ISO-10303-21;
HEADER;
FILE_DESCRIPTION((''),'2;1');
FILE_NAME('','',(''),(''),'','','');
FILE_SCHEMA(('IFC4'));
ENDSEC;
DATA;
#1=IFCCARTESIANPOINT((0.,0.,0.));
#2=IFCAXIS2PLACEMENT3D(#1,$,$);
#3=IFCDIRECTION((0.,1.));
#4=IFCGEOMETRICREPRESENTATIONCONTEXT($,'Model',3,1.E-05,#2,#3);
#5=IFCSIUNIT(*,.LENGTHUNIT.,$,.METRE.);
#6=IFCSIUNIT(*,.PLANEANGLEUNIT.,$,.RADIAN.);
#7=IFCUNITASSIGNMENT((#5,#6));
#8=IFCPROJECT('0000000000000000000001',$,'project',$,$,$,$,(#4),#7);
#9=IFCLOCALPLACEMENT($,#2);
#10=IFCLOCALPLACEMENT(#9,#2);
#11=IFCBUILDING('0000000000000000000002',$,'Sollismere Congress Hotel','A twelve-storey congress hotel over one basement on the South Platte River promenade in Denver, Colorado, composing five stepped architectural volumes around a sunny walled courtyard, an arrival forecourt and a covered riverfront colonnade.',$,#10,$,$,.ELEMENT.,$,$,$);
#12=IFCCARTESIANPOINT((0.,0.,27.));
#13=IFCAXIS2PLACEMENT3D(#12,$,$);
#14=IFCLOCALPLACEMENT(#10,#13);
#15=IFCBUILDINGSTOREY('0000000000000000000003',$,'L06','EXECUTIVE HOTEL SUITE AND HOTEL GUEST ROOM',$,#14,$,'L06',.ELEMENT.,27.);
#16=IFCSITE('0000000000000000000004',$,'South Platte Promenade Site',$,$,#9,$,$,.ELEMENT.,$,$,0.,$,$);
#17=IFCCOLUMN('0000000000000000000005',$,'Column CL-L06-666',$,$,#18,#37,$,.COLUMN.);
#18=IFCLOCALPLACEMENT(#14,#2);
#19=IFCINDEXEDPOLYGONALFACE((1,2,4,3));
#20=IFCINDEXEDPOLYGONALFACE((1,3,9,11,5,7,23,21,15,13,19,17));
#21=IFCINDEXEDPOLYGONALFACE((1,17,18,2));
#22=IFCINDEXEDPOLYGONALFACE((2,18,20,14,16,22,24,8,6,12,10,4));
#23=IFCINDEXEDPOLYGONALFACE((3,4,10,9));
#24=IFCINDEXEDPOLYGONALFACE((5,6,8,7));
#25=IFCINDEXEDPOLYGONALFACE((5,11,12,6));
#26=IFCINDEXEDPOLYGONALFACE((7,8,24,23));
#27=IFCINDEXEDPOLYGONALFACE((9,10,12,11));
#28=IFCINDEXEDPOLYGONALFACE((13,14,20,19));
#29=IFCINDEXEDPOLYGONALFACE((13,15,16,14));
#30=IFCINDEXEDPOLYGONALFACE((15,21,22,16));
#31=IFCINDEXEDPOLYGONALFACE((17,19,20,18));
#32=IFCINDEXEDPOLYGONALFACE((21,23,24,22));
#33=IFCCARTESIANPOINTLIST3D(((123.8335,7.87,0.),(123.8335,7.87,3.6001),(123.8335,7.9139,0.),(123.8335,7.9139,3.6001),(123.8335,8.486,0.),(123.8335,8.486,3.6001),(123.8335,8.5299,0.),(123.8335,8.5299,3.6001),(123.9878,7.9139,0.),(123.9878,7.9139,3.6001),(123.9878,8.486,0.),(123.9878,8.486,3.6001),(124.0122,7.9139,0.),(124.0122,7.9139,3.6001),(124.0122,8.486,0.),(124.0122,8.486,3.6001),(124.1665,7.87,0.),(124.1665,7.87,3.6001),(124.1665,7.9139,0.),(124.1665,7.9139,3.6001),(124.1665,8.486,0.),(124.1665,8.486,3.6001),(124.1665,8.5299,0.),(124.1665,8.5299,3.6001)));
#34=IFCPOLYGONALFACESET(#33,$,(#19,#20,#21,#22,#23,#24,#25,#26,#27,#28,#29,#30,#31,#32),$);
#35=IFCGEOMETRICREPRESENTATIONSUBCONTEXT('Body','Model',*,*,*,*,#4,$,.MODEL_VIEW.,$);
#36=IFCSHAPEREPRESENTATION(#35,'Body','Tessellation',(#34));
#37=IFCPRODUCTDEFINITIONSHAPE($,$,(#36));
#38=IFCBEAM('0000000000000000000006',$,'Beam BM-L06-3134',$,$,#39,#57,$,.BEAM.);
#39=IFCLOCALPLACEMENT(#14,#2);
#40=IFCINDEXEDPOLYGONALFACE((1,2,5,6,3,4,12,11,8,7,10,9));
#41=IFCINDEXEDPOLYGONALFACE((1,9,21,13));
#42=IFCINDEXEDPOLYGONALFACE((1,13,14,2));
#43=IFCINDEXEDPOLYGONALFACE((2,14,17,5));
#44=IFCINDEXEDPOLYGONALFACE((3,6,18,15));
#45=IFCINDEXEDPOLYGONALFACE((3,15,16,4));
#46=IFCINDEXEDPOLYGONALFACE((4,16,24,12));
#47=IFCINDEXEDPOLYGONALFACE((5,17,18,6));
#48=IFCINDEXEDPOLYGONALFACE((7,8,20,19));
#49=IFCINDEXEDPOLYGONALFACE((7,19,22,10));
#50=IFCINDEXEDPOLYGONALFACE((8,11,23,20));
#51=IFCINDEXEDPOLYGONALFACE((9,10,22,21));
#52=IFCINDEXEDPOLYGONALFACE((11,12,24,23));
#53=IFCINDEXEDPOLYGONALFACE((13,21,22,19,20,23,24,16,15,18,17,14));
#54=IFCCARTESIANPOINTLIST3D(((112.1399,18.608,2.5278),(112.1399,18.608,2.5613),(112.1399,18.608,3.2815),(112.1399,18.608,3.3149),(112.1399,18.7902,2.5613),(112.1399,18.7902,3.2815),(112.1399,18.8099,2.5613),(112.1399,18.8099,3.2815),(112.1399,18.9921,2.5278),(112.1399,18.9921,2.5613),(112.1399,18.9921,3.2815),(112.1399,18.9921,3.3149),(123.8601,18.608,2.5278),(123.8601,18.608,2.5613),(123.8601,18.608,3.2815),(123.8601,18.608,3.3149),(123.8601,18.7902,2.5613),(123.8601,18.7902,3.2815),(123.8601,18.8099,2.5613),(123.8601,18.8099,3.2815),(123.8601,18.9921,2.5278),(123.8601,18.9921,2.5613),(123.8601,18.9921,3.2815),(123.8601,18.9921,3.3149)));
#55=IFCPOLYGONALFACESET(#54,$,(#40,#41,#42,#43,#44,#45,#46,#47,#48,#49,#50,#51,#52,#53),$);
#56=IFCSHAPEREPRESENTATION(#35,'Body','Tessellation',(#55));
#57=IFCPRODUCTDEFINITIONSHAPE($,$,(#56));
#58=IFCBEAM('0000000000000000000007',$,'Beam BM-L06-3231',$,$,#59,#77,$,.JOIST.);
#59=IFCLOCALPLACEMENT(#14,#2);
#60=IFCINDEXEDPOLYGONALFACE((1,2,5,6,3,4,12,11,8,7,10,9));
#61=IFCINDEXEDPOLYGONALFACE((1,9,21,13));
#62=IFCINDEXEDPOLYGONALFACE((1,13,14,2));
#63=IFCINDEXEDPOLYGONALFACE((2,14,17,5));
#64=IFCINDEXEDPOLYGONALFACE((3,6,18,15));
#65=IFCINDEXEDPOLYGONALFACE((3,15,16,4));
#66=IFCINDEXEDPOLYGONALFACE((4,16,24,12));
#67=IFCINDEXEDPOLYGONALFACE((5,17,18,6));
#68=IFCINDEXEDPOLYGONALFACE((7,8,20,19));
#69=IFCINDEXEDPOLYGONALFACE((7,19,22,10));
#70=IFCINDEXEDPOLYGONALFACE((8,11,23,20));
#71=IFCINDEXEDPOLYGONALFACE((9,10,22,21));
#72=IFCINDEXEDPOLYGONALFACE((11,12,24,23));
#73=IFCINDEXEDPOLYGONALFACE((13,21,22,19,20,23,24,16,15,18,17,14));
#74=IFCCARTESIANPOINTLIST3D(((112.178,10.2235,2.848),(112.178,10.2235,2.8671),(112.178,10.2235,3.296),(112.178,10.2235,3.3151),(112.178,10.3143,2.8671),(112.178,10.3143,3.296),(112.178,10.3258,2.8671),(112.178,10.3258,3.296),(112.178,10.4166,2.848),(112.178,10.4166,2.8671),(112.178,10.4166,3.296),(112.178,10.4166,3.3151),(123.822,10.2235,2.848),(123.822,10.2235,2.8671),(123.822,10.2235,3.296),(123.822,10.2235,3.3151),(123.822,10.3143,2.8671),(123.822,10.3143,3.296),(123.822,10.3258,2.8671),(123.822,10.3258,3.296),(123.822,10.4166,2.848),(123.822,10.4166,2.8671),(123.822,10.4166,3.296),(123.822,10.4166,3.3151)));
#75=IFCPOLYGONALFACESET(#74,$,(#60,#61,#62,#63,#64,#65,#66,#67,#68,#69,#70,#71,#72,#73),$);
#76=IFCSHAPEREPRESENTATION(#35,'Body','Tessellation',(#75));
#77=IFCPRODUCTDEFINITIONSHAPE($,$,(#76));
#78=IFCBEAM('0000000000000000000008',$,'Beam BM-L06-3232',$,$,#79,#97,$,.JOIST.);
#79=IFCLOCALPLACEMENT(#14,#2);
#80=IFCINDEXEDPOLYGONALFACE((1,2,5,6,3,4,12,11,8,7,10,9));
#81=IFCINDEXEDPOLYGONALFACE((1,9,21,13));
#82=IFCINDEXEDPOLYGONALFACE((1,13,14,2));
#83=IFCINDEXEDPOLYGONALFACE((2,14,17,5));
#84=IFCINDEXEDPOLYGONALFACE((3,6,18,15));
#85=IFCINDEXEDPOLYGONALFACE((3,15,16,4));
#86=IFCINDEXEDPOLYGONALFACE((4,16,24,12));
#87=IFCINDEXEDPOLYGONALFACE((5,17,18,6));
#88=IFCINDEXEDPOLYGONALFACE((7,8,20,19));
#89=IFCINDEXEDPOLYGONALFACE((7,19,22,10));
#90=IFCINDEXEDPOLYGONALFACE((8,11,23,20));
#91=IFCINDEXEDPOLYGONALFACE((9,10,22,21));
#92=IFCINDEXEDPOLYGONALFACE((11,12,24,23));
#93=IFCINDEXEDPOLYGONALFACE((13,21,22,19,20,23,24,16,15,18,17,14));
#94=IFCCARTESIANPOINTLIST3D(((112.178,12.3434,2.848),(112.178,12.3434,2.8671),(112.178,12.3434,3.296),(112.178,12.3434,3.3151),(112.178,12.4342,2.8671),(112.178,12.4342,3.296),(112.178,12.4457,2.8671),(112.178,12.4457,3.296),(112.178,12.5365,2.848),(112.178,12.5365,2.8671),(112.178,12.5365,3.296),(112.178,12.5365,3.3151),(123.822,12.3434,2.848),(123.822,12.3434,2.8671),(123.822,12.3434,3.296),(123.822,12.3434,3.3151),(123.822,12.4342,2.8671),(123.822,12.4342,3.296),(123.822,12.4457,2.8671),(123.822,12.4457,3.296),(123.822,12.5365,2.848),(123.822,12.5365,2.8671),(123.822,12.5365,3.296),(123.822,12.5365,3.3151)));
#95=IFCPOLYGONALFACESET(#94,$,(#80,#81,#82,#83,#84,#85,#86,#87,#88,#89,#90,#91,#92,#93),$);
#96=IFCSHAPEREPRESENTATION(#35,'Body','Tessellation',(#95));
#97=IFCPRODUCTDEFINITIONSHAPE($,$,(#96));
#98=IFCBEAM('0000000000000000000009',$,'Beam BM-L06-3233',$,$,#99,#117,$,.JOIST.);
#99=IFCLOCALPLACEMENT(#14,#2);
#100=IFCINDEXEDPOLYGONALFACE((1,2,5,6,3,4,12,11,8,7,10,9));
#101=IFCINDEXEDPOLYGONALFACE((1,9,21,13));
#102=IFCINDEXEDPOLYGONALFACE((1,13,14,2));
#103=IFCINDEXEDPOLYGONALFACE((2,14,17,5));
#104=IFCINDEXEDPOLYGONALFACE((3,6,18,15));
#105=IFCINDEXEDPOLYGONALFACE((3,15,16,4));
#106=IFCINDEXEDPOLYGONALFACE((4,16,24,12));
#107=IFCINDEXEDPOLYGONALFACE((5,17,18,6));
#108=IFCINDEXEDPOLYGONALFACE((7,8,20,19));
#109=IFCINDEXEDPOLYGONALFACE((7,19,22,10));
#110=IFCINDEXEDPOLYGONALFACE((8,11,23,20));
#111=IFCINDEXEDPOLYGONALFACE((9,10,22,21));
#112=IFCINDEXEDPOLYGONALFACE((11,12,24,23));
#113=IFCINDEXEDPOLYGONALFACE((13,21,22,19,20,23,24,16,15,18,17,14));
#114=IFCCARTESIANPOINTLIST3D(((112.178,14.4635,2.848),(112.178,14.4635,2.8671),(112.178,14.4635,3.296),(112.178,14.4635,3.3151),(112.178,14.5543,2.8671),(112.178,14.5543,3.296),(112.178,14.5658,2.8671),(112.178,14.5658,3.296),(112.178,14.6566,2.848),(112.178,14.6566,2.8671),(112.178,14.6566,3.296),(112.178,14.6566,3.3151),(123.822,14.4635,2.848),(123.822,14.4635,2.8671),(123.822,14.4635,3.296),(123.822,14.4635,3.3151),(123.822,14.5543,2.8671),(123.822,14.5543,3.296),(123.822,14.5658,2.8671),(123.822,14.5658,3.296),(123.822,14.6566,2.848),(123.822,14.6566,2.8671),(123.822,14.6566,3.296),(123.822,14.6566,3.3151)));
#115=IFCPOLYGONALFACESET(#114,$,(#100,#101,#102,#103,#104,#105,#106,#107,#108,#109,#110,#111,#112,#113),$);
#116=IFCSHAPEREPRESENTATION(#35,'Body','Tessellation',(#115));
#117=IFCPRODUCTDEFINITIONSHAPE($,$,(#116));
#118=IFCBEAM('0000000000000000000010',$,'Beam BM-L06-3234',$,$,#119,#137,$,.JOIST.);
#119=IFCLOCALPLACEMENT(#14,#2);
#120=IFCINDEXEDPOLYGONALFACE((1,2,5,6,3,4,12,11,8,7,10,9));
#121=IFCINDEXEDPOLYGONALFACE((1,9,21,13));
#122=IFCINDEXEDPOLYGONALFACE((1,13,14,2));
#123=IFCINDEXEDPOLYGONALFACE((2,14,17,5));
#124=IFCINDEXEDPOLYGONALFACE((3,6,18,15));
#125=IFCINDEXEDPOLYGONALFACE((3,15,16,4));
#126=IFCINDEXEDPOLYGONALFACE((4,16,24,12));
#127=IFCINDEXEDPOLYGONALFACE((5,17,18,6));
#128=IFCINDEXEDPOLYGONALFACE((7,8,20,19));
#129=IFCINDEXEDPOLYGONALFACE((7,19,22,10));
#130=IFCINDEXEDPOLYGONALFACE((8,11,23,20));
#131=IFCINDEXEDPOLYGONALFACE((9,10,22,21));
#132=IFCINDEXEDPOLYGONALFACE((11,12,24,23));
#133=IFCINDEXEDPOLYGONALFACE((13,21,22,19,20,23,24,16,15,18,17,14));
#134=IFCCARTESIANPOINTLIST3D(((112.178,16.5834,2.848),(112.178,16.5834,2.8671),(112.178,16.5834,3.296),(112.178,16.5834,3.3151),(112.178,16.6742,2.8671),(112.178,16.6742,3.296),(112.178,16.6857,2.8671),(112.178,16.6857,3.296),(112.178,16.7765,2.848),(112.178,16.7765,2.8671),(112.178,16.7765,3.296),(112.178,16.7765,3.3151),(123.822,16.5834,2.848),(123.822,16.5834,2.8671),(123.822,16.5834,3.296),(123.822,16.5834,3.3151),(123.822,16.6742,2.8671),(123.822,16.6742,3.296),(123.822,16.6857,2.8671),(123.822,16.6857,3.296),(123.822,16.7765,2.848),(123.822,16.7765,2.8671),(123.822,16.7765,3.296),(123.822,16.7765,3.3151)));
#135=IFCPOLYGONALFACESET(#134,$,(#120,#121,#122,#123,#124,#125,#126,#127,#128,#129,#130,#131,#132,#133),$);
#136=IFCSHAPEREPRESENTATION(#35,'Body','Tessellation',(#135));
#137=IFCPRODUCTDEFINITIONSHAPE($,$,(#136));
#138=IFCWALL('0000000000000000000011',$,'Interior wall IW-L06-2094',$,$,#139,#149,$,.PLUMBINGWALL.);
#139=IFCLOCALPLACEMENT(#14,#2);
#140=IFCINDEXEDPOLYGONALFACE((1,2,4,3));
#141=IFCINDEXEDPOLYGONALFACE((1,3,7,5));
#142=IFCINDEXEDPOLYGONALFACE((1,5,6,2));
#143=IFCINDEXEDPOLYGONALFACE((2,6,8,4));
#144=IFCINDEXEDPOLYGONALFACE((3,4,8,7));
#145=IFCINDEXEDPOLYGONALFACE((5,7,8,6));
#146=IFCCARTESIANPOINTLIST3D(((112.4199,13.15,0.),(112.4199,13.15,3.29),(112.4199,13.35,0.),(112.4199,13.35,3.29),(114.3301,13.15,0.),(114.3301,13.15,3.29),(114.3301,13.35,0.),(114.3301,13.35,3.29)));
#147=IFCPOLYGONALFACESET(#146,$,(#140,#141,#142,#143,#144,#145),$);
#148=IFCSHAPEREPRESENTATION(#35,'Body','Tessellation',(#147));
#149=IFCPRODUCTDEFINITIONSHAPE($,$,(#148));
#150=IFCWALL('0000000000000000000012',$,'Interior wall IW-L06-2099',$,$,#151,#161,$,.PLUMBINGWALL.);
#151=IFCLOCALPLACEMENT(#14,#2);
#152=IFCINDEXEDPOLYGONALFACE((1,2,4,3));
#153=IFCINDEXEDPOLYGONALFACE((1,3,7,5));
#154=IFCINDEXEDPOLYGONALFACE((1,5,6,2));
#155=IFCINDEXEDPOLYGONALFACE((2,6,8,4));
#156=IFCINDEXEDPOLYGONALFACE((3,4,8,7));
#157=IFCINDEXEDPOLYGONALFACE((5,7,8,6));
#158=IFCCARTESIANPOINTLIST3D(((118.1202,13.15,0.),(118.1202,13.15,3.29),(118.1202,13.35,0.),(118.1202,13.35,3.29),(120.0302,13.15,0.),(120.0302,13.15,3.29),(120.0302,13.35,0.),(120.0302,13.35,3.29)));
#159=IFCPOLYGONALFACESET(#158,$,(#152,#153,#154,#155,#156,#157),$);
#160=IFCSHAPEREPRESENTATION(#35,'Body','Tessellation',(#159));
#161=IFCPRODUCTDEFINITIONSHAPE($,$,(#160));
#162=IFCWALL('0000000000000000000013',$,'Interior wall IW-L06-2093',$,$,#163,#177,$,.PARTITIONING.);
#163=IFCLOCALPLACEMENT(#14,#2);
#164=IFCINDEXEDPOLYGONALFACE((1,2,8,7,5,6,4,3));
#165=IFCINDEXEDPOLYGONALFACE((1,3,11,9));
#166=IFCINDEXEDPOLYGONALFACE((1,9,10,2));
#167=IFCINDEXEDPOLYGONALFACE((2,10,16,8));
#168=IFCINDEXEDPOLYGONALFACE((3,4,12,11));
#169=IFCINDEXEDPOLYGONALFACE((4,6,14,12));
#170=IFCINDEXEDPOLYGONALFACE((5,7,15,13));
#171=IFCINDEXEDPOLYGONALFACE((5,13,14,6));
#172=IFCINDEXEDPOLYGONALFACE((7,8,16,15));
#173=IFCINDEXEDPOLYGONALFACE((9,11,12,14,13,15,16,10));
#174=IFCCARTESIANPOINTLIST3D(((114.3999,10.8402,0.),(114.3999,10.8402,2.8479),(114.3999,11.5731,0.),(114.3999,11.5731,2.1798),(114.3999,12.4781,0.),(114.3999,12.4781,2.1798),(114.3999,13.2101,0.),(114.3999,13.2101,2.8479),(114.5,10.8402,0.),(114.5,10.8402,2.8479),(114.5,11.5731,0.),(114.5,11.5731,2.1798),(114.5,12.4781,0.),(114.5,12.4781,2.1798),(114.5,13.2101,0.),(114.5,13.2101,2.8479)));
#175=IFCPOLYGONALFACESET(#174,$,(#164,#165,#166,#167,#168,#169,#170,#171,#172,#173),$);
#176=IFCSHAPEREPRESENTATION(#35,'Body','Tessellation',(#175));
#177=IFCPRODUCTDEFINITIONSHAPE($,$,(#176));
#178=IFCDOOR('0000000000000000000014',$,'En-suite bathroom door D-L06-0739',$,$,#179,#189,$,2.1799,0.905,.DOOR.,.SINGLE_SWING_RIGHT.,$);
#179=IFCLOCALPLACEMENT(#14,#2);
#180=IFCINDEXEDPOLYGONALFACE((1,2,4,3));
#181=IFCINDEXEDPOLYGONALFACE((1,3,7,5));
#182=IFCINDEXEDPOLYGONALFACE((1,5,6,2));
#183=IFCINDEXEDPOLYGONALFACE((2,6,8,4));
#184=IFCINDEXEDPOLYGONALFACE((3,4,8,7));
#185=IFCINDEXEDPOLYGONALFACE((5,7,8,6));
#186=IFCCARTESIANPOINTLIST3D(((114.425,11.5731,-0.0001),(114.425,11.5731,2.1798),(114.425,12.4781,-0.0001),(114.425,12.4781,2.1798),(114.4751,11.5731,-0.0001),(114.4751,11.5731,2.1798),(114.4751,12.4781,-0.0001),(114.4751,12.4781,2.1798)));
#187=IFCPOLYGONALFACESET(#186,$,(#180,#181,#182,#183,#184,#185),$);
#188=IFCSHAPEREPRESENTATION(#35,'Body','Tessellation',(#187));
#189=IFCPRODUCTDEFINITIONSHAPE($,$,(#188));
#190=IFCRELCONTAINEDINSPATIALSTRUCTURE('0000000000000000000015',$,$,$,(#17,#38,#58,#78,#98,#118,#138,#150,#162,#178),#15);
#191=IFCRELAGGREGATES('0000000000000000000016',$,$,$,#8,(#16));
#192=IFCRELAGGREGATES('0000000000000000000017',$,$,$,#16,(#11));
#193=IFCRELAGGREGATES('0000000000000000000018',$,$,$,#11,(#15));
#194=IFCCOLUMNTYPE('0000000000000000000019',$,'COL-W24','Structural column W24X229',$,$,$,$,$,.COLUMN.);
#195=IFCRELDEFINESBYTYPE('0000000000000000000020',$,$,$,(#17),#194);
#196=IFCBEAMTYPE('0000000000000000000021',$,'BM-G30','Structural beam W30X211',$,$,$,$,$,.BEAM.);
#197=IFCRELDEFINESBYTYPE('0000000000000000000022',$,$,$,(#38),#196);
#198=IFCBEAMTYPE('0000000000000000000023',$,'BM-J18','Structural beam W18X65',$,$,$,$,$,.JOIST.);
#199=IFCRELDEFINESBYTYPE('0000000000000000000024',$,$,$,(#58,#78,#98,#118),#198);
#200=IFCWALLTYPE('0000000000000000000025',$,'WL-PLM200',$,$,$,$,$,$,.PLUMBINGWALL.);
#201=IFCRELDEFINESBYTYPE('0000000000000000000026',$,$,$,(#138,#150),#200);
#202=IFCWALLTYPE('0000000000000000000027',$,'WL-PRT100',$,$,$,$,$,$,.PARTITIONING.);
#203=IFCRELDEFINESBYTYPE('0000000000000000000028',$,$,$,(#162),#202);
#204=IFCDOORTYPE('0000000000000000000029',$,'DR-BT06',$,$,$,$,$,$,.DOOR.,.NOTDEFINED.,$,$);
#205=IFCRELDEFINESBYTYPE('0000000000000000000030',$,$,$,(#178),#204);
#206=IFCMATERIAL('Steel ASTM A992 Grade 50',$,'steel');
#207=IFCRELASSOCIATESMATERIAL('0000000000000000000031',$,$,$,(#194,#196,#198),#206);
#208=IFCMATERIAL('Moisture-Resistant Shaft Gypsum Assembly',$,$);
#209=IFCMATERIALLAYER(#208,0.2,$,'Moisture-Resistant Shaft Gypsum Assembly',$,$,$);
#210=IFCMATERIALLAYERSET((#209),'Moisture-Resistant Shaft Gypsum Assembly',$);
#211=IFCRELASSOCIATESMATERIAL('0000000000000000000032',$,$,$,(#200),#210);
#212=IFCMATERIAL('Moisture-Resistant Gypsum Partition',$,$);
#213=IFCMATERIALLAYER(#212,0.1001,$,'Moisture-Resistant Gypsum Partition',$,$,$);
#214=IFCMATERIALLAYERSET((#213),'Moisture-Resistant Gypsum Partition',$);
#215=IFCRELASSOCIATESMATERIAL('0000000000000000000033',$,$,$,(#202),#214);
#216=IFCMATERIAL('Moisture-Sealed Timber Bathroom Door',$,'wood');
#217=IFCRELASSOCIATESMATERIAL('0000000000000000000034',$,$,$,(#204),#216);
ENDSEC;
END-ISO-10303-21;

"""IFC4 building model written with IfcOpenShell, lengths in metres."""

from ifc_helpers import new_model, si_unit, direction, frame, frame_2d, origin, origin_2d, place, context, subcontext, project, spatial, rectangle, i_section, extrude, material, layer, layer_set, material_profile, profile_set, type_object, element, fill, save


model = new_model("IFC4")

# Units and contexts
model_context = context("Model", 3, precision=1e-05, world=origin(), true_north=direction((0.0, 1.0)))
body_context = subcontext(model_context, "Body", "Model", "MODEL_VIEW")
ifc_project = project(units=[si_unit("LENGTHUNIT", "METRE"), si_unit("PLANEANGLEUNIT", "RADIAN")], contexts=[model_context])

# Site, building, storey
site_placement = place(None, origin())
site = spatial("IfcSite", under=ifc_project, at=site_placement, Name="South Platte Promenade Site", CompositionType="ELEMENT", RefElevation=0.0)
building_placement = place(site_placement, origin())
building = spatial("IfcBuilding", under=site, at=building_placement, Name="Sollismere Congress Hotel", Description="A twelve-storey congress hotel over one basement on the South Platte River promenade in Denver, Colorado, composing five stepped architectural volumes around a sunny walled courtyard, an arrival forecourt and a covered riverfront colonnade.", CompositionType="ELEMENT")
storey_placement = place(building_placement, frame((0.0, 0.0, 27.0)))
storey = spatial("IfcBuildingStorey", under=building, at=storey_placement, Name="L06", Description="EXECUTIVE HOTEL SUITE AND HOTEL GUEST ROOM", LongName="L06", CompositionType="ELEMENT", Elevation=27.0)

# Column
ifc_material_1 = material(Name="Steel ASTM A992 Grade 50", Category="steel")
ifc_material_profile_1 = material_profile(ifc_material_1, i_section(OverallWidth=0.333, OverallDepth=0.6599, WebThickness=0.0244, FlangeThickness=0.0439, at=origin_2d()), Name="W24X229")
ifc_profile_set_1 = profile_set([ifc_material_profile_1], Name="Steel ASTM A992 Grade 50")
column_type = type_object("IfcColumnType", Name="COL-W24", Description="Structural column W24X229", PredefinedType="COLUMN", material=ifc_profile_set_1)
column_placement = place(storey_placement, frame((124.0, 8.2, 0.0), z_axis=(0.0, 0.0, 1.0), x_axis=(1.0, 0.0, 0.0)))
element("IfcColumn", 1, at=column_placement, inside=storey, type_object=column_type, Name="Column CL-L06-666", PredefinedType="COLUMN", context=body_context, shape_type="SweptSolid", body=[
    extrude(i_section(OverallWidth=0.333, OverallDepth=0.6599, WebThickness=0.0244, FlangeThickness=0.0439, at=origin_2d()), origin(), (0.0, 0.0, 1.0), 3.6001),
])

# Beams
ifc_material_profile_2 = material_profile(ifc_material_1, i_section(OverallWidth=0.384, OverallDepth=0.7871, WebThickness=0.0198, FlangeThickness=0.0334, at=origin_2d()), Name="W30X211")
ifc_profile_set_2 = profile_set([ifc_material_profile_2], Name="Steel ASTM A992 Grade 50")
beam_type_1 = type_object("IfcBeamType", Name="BM-G30", Description="Structural beam W30X211", PredefinedType="BEAM", material=ifc_profile_set_2)
beam_placement = place(storey_placement, frame((112.1399, 18.8, 2.9214), z_axis=(1.0, 0.0, 0.0), x_axis=(0.0, 1.0, 0.0)))
element("IfcBeam", 2, at=beam_placement, inside=storey, type_object=beam_type_1, Name="Beam BM-L06-3134", PredefinedType="BEAM", context=body_context, shape_type="SweptSolid", body=[
    extrude(i_section(OverallWidth=0.384, OverallDepth=0.7871, WebThickness=0.0198, FlangeThickness=0.0334, at=origin_2d()), origin(), (0.0, 0.0, 1.0), 11.7202),
])
ifc_material_profile_3 = material_profile(ifc_material_1, i_section(OverallWidth=0.1931, OverallDepth=0.467, WebThickness=0.0115, FlangeThickness=0.019, at=origin_2d()), Name="W18X65")
ifc_profile_set_3 = profile_set([ifc_material_profile_3], Name="Steel ASTM A992 Grade 50")
beam_type_2 = type_object("IfcBeamType", Name="BM-J18", Description="Structural beam W18X65", PredefinedType="JOIST", material=ifc_profile_set_3)
for number, where, z_axis, x_axis, name in (
    (3, (112.178, 10.3201, 3.0815), (1.0, 0.0, 0.0), (0.0, 1.0, 0.0), "Beam BM-L06-3231"),
    (4, (112.178, 12.4399, 3.0815), (1.0, 0.0, 0.0), (0.0, 1.0, 0.0), "Beam BM-L06-3232"),
    (5, (112.178, 14.5601, 3.0815), (1.0, 0.0, 0.0), (0.0, 1.0, 0.0), "Beam BM-L06-3233"),
    (6, (112.178, 16.6799, 3.0815), (1.0, 0.0, 0.0), (0.0, 1.0, 0.0), "Beam BM-L06-3234"),
):
    element("IfcBeam", number, at=place(storey_placement, frame(where, z_axis=z_axis, x_axis=x_axis)), inside=storey, type_object=beam_type_2, Name=name, PredefinedType="JOIST", context=body_context, shape_type="SweptSolid", body=[
        extrude(i_section(OverallWidth=0.1931, OverallDepth=0.467, WebThickness=0.0115, FlangeThickness=0.019, at=origin_2d()), origin(), (0.0, 0.0, 1.0), 11.644),
    ])

# Walls
ifc_material_2 = material(Name="Moisture-Resistant Shaft Gypsum Assembly")
ifc_layer_1 = layer(ifc_material_2, 0.2, Name="Moisture-Resistant Shaft Gypsum Assembly")
ifc_layer_set_1 = layer_set([ifc_layer_1], Name="Moisture-Resistant Shaft Gypsum Assembly")
wall_type_1 = type_object("IfcWallType", Name="WL-PLM200", PredefinedType="PLUMBINGWALL", material=ifc_layer_set_1)
wall_1_placement = place(storey_placement, frame((112.4199, 13.25, 0.0), z_axis=(0.0, 0.0, 1.0), x_axis=(1.0, 0.0, 0.0)))
element("IfcWall", 7, at=wall_1_placement, inside=storey, type_object=wall_type_1, Name="Interior wall IW-L06-2094", PredefinedType="PLUMBINGWALL", context=body_context, shape_type="SweptSolid", body=[
    extrude(rectangle(XDim=1.9102, YDim=0.2, at=frame_2d((0.9551, 0.0))), origin(), (0.0, 0.0, 1.0), 3.29),
])
wall_2_placement = place(storey_placement, frame((118.1201, 13.25, 0.0), z_axis=(0.0, 0.0, 1.0), x_axis=(1.0, 0.0, 0.0)))
element("IfcWall", 8, at=wall_2_placement, inside=storey, type_object=wall_type_1, Name="Interior wall IW-L06-2099", PredefinedType="PLUMBINGWALL", context=body_context, shape_type="SweptSolid", body=[
    extrude(rectangle(XDim=1.9099, YDim=0.2, at=frame_2d((0.9551, 0.0))), origin(), (0.0, 0.0, 1.0), 3.29),
])

# Wall, opening, door
ifc_material_3 = material(Name="Moisture-Resistant Gypsum Partition")
ifc_layer_2 = layer(ifc_material_3, 0.1001, Name="Moisture-Resistant Gypsum Partition")
ifc_layer_set_2 = layer_set([ifc_layer_2], Name="Moisture-Resistant Gypsum Partition")
wall_type_2 = type_object("IfcWallType", Name="WL-PRT100", PredefinedType="PARTITIONING", material=ifc_layer_set_2)
wall_3_placement = place(storey_placement, frame((114.45, 10.8401, 0.0), z_axis=(0.0, 0.0, 1.0), x_axis=(0.0, 1.0, 0.0)))
wall_3 = element("IfcWall", 9, at=wall_3_placement, inside=storey, type_object=wall_type_2, Name="Interior wall IW-L06-2093", PredefinedType="PARTITIONING", context=body_context, shape_type="SweptSolid", body=[
    extrude(rectangle(XDim=2.3699, YDim=0.1001, at=frame_2d((1.1851, 0.0))), origin(), (0.0, 0.0, 1.0), 2.8479),
])
opening_1_placement = place(wall_3_placement, frame((0.7329, 0.0, 0.0)))
opening_1 = element("IfcOpeningElement", 10, at=opening_1_placement, cuts=wall_3, PredefinedType="OPENING", context=body_context, shape_type="SweptSolid", body=[
    extrude(rectangle(XDim=0.905, YDim=2.1799, at=frame_2d((0.4526, 1.0898))), frame((0.0, 0.0601, 0.0), z_axis=(0.0, -1.0, 0.0), x_axis=(1.0, 0.0, 0.0)), (0.0, 0.0, 1.0), 0.1201),
])
ifc_material_4 = material(Name="Moisture-Sealed Timber Bathroom Door", Category="wood")
door_type_1 = type_object("IfcDoorType", Name="DR-BT06", OperationType="NOTDEFINED", PredefinedType="DOOR", material=ifc_material_4)
door_1_placement = place(opening_1_placement, origin())
door_1 = element("IfcDoor", 11, at=door_1_placement, inside=storey, type_object=door_type_1, Name="En-suite bathroom door D-L06-0739", OperationType="SINGLE_SWING_RIGHT", OverallHeight=2.1799, OverallWidth=0.905, PredefinedType="DOOR", context=body_context, shape_type="SweptSolid", body=[
    extrude(rectangle(XDim=0.905, YDim=2.1799, at=frame_2d((0.4526, 1.0898))), frame((0.0, 0.0249, 0.0), z_axis=(0.0, -1.0, 0.0), x_axis=(1.0, 0.0, 0.0)), (0.0, 0.0, 1.0), 0.05),
])
fill(opening_1, door_1)

save(model, "model.ifc")
